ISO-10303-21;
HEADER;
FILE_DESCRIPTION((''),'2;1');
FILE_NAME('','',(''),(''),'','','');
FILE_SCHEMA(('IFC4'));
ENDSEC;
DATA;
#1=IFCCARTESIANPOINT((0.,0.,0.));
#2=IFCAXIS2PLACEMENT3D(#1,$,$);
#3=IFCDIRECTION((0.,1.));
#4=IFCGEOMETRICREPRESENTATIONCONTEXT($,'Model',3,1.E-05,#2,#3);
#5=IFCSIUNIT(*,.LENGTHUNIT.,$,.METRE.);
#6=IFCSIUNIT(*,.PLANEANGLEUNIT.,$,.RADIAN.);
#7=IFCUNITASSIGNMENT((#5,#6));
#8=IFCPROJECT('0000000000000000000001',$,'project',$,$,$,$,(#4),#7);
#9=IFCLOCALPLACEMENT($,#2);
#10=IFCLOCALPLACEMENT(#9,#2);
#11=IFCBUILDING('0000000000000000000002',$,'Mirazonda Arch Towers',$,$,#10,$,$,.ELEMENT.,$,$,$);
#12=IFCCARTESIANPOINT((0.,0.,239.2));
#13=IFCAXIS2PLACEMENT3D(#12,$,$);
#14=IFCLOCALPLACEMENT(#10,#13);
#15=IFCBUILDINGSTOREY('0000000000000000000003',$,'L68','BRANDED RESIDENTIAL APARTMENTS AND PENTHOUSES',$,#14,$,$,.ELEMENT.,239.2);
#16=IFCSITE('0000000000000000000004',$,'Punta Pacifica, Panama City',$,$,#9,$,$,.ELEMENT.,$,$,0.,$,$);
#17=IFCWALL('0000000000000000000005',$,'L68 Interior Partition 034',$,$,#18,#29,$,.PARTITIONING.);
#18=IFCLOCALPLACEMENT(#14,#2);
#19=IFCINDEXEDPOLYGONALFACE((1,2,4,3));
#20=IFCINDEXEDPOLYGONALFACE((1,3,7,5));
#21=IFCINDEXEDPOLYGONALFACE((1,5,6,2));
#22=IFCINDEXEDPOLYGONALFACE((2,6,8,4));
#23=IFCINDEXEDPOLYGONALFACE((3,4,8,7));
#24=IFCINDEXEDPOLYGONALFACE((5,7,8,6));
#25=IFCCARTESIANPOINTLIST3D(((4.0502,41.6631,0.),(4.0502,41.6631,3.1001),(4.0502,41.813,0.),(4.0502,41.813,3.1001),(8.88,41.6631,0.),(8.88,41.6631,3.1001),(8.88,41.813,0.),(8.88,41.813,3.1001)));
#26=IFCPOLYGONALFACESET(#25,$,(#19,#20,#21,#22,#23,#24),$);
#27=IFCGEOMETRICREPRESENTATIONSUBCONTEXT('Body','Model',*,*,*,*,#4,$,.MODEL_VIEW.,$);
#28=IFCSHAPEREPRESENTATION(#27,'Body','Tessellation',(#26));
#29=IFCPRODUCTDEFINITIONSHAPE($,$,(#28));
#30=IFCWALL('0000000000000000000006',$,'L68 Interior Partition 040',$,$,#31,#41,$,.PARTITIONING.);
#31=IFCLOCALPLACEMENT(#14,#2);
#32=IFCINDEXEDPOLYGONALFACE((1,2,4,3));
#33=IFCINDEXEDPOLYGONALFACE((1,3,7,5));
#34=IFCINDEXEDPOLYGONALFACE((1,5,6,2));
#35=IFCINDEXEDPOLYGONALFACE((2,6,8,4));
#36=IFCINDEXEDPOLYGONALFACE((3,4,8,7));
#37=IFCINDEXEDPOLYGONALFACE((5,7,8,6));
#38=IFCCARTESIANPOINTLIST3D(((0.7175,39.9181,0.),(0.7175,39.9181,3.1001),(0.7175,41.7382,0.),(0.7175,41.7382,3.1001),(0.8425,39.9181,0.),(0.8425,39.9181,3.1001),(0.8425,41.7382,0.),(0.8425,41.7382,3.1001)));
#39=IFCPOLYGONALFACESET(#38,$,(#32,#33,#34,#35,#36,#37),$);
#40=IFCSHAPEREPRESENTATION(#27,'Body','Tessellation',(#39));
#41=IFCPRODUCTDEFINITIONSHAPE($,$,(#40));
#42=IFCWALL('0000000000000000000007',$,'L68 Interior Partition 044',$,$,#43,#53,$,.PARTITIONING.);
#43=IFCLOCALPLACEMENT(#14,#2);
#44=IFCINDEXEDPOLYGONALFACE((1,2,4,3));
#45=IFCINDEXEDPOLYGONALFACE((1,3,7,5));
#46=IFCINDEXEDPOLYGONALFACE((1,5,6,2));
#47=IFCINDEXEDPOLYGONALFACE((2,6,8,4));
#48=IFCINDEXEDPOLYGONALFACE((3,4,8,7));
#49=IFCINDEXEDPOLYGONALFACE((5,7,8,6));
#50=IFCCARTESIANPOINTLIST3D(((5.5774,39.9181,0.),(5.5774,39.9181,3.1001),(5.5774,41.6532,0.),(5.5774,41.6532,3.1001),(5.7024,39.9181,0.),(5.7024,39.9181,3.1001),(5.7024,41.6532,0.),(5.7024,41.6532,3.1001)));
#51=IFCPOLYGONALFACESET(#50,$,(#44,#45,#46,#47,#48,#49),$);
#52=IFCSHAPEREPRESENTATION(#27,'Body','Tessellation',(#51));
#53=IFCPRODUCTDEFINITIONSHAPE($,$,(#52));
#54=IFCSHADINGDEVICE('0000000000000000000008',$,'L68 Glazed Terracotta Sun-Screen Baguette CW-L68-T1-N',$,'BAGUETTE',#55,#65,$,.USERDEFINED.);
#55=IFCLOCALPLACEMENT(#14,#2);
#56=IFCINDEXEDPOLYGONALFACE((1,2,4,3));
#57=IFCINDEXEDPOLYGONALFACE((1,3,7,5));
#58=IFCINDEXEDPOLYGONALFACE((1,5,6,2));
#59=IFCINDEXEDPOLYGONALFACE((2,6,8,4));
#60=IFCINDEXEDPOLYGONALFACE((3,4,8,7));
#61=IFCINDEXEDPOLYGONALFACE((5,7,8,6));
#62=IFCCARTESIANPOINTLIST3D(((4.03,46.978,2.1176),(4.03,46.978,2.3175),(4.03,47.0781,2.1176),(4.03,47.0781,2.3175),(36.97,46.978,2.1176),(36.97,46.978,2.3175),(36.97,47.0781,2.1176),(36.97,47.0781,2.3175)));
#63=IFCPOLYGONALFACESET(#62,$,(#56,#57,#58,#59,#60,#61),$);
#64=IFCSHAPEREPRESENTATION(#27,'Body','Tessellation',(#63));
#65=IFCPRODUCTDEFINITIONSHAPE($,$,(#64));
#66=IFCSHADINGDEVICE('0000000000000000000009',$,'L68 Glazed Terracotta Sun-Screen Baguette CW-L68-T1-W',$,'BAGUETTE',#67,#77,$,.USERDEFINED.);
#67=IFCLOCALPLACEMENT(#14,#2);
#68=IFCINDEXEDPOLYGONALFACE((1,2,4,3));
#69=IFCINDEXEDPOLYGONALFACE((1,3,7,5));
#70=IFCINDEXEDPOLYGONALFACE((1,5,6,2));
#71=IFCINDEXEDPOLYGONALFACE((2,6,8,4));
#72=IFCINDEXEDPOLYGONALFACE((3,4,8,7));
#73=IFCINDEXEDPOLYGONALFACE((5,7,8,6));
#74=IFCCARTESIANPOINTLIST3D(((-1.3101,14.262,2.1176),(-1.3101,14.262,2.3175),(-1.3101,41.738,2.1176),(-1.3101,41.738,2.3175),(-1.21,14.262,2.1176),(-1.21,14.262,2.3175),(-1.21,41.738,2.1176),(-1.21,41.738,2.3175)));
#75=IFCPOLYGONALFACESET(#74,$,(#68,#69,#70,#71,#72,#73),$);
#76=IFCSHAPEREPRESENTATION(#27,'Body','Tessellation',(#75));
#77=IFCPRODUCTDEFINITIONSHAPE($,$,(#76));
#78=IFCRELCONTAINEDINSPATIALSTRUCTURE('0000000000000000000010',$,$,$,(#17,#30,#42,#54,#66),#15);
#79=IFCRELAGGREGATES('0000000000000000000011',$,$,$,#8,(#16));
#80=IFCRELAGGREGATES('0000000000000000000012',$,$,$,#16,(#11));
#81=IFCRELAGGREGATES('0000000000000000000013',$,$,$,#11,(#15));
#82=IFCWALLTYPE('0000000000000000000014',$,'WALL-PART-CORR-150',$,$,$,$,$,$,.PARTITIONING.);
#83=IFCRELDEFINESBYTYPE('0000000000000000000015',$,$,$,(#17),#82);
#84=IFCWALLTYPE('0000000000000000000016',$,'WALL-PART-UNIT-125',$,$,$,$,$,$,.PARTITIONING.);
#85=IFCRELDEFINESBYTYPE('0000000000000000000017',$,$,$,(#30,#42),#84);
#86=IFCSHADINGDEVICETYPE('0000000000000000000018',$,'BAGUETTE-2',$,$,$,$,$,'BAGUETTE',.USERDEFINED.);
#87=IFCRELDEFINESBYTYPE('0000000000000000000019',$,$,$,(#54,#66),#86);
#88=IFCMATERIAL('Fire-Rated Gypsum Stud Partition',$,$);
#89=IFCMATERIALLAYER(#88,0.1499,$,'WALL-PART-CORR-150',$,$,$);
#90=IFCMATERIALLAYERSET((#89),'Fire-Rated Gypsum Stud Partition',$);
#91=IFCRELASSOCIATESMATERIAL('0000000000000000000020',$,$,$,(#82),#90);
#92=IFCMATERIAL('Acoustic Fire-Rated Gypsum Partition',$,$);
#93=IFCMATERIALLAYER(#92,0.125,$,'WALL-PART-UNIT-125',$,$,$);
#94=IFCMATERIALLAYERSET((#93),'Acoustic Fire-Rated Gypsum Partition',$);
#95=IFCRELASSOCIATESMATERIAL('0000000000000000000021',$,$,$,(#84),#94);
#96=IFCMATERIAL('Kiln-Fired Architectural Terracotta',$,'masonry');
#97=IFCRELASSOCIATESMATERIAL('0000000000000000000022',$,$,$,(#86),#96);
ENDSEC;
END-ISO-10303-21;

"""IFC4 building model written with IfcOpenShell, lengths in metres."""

from ifc_helpers import new_model, si_unit, direction, frame, frame_2d, origin, origin_2d, place, context, subcontext, project, spatial, rectangle, extrude, material, layer, layer_set, material_profile, profile_set, type_object, element, save


model = new_model("IFC4")

# Units and contexts
model_context = context("Model", 3, precision=1e-05, world=origin(), true_north=direction((0.0, 1.0)))
body_context = subcontext(model_context, "Body", "Model", "MODEL_VIEW")
ifc_project = project(units=[si_unit("LENGTHUNIT", "METRE"), si_unit("PLANEANGLEUNIT", "RADIAN")], contexts=[model_context])

# Site, building, storey
site_placement = place(None, origin())
site = spatial("IfcSite", under=ifc_project, at=site_placement, Name="Punta Pacifica, Panama City", CompositionType="ELEMENT", RefElevation=0.0)
building_placement = place(site_placement, origin())
building = spatial("IfcBuilding", under=site, at=building_placement, Name="Mirazonda Arch Towers", CompositionType="ELEMENT")
storey_placement = place(building_placement, frame((0.0, 0.0, 239.2)))
storey = spatial("IfcBuildingStorey", under=building, at=storey_placement, Name="L68", Description="BRANDED RESIDENTIAL APARTMENTS AND PENTHOUSES", CompositionType="ELEMENT", Elevation=239.2)

# Wall
ifc_material_1 = material(Name="Fire-Rated Gypsum Stud Partition")
ifc_layer_1 = layer(ifc_material_1, 0.1499, Name="WALL-PART-CORR-150")
ifc_layer_set_1 = layer_set([ifc_layer_1], Name="Fire-Rated Gypsum Stud Partition")
wall_type_1 = type_object("IfcWallType", Name="WALL-PART-CORR-150", PredefinedType="PARTITIONING", material=ifc_layer_set_1)
wall_1_placement = place(storey_placement, frame((4.05, 41.738, 0.0), z_axis=(0.0, 0.0, 1.0), x_axis=(1.0, 0.0, 0.0)))
element("IfcWall", 1, at=wall_1_placement, inside=storey, type_object=wall_type_1, Name="L68 Interior Partition 034", PredefinedType="PARTITIONING", context=body_context, shape_type="SweptSolid", body=[
    extrude(rectangle(XDim=4.8298, YDim=0.1499, at=frame_2d((2.415, 0.0))), origin(), (0.0, 0.0, 1.0), 3.1001),
])

# Walls
ifc_material_2 = material(Name="Acoustic Fire-Rated Gypsum Partition")
ifc_layer_2 = layer(ifc_material_2, 0.125, Name="WALL-PART-UNIT-125")
ifc_layer_set_2 = layer_set([ifc_layer_2], Name="Acoustic Fire-Rated Gypsum Partition")
wall_type_2 = type_object("IfcWallType", Name="WALL-PART-UNIT-125", PredefinedType="PARTITIONING", material=ifc_layer_set_2)
wall_2_placement = place(storey_placement, frame((0.78, 39.918, 0.0), z_axis=(0.0, 0.0, 1.0), x_axis=(0.0, 1.0, 0.0)))
element("IfcWall", 2, at=wall_2_placement, inside=storey, type_object=wall_type_2, Name="L68 Interior Partition 040", PredefinedType="PARTITIONING", context=body_context, shape_type="SweptSolid", body=[
    extrude(rectangle(XDim=1.8201, YDim=0.125, at=frame_2d((0.9102, 0.0))), origin(), (0.0, 0.0, 1.0), 3.1001),
])
wall_3_placement = place(storey_placement, frame((5.6399, 39.918, 0.0), z_axis=(0.0, 0.0, 1.0), x_axis=(0.0, 1.0, 0.0)))
element("IfcWall", 3, at=wall_3_placement, inside=storey, type_object=wall_type_2, Name="L68 Interior Partition 044", PredefinedType="PARTITIONING", context=body_context, shape_type="SweptSolid", body=[
    extrude(rectangle(XDim=1.7351, YDim=0.125, at=frame_2d((0.8677, 0.0))), origin(), (0.0, 0.0, 1.0), 3.1001),
])

# Shading devices
ifc_material_3 = material(Name="Kiln-Fired Architectural Terracotta", Category="masonry")
ifc_material_profile_1 = material_profile(ifc_material_3, rectangle(XDim=0.1001, YDim=0.2, at=origin_2d()), Name="TERRA-BAG-100x200")
ifc_profile_set_1 = profile_set([ifc_material_profile_1], Name="Kiln-Fired Architectural Terracotta")
shading_device_type = type_object("IfcShadingDeviceType", Name="BAGUETTE-2", ElementType="BAGUETTE", PredefinedType="USERDEFINED", material=ifc_profile_set_1)
shading_device_1_placement = place(storey_placement, frame((4.03, 47.0281, 2.2175), z_axis=(1.0, 0.0, 0.0), x_axis=(0.0, 1.0, 0.0)))
element("IfcShadingDevice", 4, at=shading_device_1_placement, inside=storey, type_object=shading_device_type, Name="L68 Glazed Terracotta Sun-Screen Baguette CW-L68-T1-N", ObjectType="BAGUETTE", PredefinedType="USERDEFINED", context=body_context, shape_type="SweptSolid", body=[
    extrude(rectangle(XDim=0.1001, YDim=0.2, at=origin_2d()), origin(), (0.0, 0.0, 1.0), 32.9399),
])
shading_device_2_placement = place(storey_placement, frame((-1.26, 41.738, 2.2175), z_axis=(0.0, -1.0, 0.0), x_axis=(1.0, 0.0, 0.0)))
element("IfcShadingDevice", 5, at=shading_device_2_placement, inside=storey, type_object=shading_device_type, Name="L68 Glazed Terracotta Sun-Screen Baguette CW-L68-T1-W", ObjectType="BAGUETTE", PredefinedType="USERDEFINED", context=body_context, shape_type="SweptSolid", body=[
    extrude(rectangle(XDim=0.1001, YDim=0.2, at=origin_2d()), origin(), (0.0, 0.0, 1.0), 27.4761),
])

save(model, "model.ifc")
